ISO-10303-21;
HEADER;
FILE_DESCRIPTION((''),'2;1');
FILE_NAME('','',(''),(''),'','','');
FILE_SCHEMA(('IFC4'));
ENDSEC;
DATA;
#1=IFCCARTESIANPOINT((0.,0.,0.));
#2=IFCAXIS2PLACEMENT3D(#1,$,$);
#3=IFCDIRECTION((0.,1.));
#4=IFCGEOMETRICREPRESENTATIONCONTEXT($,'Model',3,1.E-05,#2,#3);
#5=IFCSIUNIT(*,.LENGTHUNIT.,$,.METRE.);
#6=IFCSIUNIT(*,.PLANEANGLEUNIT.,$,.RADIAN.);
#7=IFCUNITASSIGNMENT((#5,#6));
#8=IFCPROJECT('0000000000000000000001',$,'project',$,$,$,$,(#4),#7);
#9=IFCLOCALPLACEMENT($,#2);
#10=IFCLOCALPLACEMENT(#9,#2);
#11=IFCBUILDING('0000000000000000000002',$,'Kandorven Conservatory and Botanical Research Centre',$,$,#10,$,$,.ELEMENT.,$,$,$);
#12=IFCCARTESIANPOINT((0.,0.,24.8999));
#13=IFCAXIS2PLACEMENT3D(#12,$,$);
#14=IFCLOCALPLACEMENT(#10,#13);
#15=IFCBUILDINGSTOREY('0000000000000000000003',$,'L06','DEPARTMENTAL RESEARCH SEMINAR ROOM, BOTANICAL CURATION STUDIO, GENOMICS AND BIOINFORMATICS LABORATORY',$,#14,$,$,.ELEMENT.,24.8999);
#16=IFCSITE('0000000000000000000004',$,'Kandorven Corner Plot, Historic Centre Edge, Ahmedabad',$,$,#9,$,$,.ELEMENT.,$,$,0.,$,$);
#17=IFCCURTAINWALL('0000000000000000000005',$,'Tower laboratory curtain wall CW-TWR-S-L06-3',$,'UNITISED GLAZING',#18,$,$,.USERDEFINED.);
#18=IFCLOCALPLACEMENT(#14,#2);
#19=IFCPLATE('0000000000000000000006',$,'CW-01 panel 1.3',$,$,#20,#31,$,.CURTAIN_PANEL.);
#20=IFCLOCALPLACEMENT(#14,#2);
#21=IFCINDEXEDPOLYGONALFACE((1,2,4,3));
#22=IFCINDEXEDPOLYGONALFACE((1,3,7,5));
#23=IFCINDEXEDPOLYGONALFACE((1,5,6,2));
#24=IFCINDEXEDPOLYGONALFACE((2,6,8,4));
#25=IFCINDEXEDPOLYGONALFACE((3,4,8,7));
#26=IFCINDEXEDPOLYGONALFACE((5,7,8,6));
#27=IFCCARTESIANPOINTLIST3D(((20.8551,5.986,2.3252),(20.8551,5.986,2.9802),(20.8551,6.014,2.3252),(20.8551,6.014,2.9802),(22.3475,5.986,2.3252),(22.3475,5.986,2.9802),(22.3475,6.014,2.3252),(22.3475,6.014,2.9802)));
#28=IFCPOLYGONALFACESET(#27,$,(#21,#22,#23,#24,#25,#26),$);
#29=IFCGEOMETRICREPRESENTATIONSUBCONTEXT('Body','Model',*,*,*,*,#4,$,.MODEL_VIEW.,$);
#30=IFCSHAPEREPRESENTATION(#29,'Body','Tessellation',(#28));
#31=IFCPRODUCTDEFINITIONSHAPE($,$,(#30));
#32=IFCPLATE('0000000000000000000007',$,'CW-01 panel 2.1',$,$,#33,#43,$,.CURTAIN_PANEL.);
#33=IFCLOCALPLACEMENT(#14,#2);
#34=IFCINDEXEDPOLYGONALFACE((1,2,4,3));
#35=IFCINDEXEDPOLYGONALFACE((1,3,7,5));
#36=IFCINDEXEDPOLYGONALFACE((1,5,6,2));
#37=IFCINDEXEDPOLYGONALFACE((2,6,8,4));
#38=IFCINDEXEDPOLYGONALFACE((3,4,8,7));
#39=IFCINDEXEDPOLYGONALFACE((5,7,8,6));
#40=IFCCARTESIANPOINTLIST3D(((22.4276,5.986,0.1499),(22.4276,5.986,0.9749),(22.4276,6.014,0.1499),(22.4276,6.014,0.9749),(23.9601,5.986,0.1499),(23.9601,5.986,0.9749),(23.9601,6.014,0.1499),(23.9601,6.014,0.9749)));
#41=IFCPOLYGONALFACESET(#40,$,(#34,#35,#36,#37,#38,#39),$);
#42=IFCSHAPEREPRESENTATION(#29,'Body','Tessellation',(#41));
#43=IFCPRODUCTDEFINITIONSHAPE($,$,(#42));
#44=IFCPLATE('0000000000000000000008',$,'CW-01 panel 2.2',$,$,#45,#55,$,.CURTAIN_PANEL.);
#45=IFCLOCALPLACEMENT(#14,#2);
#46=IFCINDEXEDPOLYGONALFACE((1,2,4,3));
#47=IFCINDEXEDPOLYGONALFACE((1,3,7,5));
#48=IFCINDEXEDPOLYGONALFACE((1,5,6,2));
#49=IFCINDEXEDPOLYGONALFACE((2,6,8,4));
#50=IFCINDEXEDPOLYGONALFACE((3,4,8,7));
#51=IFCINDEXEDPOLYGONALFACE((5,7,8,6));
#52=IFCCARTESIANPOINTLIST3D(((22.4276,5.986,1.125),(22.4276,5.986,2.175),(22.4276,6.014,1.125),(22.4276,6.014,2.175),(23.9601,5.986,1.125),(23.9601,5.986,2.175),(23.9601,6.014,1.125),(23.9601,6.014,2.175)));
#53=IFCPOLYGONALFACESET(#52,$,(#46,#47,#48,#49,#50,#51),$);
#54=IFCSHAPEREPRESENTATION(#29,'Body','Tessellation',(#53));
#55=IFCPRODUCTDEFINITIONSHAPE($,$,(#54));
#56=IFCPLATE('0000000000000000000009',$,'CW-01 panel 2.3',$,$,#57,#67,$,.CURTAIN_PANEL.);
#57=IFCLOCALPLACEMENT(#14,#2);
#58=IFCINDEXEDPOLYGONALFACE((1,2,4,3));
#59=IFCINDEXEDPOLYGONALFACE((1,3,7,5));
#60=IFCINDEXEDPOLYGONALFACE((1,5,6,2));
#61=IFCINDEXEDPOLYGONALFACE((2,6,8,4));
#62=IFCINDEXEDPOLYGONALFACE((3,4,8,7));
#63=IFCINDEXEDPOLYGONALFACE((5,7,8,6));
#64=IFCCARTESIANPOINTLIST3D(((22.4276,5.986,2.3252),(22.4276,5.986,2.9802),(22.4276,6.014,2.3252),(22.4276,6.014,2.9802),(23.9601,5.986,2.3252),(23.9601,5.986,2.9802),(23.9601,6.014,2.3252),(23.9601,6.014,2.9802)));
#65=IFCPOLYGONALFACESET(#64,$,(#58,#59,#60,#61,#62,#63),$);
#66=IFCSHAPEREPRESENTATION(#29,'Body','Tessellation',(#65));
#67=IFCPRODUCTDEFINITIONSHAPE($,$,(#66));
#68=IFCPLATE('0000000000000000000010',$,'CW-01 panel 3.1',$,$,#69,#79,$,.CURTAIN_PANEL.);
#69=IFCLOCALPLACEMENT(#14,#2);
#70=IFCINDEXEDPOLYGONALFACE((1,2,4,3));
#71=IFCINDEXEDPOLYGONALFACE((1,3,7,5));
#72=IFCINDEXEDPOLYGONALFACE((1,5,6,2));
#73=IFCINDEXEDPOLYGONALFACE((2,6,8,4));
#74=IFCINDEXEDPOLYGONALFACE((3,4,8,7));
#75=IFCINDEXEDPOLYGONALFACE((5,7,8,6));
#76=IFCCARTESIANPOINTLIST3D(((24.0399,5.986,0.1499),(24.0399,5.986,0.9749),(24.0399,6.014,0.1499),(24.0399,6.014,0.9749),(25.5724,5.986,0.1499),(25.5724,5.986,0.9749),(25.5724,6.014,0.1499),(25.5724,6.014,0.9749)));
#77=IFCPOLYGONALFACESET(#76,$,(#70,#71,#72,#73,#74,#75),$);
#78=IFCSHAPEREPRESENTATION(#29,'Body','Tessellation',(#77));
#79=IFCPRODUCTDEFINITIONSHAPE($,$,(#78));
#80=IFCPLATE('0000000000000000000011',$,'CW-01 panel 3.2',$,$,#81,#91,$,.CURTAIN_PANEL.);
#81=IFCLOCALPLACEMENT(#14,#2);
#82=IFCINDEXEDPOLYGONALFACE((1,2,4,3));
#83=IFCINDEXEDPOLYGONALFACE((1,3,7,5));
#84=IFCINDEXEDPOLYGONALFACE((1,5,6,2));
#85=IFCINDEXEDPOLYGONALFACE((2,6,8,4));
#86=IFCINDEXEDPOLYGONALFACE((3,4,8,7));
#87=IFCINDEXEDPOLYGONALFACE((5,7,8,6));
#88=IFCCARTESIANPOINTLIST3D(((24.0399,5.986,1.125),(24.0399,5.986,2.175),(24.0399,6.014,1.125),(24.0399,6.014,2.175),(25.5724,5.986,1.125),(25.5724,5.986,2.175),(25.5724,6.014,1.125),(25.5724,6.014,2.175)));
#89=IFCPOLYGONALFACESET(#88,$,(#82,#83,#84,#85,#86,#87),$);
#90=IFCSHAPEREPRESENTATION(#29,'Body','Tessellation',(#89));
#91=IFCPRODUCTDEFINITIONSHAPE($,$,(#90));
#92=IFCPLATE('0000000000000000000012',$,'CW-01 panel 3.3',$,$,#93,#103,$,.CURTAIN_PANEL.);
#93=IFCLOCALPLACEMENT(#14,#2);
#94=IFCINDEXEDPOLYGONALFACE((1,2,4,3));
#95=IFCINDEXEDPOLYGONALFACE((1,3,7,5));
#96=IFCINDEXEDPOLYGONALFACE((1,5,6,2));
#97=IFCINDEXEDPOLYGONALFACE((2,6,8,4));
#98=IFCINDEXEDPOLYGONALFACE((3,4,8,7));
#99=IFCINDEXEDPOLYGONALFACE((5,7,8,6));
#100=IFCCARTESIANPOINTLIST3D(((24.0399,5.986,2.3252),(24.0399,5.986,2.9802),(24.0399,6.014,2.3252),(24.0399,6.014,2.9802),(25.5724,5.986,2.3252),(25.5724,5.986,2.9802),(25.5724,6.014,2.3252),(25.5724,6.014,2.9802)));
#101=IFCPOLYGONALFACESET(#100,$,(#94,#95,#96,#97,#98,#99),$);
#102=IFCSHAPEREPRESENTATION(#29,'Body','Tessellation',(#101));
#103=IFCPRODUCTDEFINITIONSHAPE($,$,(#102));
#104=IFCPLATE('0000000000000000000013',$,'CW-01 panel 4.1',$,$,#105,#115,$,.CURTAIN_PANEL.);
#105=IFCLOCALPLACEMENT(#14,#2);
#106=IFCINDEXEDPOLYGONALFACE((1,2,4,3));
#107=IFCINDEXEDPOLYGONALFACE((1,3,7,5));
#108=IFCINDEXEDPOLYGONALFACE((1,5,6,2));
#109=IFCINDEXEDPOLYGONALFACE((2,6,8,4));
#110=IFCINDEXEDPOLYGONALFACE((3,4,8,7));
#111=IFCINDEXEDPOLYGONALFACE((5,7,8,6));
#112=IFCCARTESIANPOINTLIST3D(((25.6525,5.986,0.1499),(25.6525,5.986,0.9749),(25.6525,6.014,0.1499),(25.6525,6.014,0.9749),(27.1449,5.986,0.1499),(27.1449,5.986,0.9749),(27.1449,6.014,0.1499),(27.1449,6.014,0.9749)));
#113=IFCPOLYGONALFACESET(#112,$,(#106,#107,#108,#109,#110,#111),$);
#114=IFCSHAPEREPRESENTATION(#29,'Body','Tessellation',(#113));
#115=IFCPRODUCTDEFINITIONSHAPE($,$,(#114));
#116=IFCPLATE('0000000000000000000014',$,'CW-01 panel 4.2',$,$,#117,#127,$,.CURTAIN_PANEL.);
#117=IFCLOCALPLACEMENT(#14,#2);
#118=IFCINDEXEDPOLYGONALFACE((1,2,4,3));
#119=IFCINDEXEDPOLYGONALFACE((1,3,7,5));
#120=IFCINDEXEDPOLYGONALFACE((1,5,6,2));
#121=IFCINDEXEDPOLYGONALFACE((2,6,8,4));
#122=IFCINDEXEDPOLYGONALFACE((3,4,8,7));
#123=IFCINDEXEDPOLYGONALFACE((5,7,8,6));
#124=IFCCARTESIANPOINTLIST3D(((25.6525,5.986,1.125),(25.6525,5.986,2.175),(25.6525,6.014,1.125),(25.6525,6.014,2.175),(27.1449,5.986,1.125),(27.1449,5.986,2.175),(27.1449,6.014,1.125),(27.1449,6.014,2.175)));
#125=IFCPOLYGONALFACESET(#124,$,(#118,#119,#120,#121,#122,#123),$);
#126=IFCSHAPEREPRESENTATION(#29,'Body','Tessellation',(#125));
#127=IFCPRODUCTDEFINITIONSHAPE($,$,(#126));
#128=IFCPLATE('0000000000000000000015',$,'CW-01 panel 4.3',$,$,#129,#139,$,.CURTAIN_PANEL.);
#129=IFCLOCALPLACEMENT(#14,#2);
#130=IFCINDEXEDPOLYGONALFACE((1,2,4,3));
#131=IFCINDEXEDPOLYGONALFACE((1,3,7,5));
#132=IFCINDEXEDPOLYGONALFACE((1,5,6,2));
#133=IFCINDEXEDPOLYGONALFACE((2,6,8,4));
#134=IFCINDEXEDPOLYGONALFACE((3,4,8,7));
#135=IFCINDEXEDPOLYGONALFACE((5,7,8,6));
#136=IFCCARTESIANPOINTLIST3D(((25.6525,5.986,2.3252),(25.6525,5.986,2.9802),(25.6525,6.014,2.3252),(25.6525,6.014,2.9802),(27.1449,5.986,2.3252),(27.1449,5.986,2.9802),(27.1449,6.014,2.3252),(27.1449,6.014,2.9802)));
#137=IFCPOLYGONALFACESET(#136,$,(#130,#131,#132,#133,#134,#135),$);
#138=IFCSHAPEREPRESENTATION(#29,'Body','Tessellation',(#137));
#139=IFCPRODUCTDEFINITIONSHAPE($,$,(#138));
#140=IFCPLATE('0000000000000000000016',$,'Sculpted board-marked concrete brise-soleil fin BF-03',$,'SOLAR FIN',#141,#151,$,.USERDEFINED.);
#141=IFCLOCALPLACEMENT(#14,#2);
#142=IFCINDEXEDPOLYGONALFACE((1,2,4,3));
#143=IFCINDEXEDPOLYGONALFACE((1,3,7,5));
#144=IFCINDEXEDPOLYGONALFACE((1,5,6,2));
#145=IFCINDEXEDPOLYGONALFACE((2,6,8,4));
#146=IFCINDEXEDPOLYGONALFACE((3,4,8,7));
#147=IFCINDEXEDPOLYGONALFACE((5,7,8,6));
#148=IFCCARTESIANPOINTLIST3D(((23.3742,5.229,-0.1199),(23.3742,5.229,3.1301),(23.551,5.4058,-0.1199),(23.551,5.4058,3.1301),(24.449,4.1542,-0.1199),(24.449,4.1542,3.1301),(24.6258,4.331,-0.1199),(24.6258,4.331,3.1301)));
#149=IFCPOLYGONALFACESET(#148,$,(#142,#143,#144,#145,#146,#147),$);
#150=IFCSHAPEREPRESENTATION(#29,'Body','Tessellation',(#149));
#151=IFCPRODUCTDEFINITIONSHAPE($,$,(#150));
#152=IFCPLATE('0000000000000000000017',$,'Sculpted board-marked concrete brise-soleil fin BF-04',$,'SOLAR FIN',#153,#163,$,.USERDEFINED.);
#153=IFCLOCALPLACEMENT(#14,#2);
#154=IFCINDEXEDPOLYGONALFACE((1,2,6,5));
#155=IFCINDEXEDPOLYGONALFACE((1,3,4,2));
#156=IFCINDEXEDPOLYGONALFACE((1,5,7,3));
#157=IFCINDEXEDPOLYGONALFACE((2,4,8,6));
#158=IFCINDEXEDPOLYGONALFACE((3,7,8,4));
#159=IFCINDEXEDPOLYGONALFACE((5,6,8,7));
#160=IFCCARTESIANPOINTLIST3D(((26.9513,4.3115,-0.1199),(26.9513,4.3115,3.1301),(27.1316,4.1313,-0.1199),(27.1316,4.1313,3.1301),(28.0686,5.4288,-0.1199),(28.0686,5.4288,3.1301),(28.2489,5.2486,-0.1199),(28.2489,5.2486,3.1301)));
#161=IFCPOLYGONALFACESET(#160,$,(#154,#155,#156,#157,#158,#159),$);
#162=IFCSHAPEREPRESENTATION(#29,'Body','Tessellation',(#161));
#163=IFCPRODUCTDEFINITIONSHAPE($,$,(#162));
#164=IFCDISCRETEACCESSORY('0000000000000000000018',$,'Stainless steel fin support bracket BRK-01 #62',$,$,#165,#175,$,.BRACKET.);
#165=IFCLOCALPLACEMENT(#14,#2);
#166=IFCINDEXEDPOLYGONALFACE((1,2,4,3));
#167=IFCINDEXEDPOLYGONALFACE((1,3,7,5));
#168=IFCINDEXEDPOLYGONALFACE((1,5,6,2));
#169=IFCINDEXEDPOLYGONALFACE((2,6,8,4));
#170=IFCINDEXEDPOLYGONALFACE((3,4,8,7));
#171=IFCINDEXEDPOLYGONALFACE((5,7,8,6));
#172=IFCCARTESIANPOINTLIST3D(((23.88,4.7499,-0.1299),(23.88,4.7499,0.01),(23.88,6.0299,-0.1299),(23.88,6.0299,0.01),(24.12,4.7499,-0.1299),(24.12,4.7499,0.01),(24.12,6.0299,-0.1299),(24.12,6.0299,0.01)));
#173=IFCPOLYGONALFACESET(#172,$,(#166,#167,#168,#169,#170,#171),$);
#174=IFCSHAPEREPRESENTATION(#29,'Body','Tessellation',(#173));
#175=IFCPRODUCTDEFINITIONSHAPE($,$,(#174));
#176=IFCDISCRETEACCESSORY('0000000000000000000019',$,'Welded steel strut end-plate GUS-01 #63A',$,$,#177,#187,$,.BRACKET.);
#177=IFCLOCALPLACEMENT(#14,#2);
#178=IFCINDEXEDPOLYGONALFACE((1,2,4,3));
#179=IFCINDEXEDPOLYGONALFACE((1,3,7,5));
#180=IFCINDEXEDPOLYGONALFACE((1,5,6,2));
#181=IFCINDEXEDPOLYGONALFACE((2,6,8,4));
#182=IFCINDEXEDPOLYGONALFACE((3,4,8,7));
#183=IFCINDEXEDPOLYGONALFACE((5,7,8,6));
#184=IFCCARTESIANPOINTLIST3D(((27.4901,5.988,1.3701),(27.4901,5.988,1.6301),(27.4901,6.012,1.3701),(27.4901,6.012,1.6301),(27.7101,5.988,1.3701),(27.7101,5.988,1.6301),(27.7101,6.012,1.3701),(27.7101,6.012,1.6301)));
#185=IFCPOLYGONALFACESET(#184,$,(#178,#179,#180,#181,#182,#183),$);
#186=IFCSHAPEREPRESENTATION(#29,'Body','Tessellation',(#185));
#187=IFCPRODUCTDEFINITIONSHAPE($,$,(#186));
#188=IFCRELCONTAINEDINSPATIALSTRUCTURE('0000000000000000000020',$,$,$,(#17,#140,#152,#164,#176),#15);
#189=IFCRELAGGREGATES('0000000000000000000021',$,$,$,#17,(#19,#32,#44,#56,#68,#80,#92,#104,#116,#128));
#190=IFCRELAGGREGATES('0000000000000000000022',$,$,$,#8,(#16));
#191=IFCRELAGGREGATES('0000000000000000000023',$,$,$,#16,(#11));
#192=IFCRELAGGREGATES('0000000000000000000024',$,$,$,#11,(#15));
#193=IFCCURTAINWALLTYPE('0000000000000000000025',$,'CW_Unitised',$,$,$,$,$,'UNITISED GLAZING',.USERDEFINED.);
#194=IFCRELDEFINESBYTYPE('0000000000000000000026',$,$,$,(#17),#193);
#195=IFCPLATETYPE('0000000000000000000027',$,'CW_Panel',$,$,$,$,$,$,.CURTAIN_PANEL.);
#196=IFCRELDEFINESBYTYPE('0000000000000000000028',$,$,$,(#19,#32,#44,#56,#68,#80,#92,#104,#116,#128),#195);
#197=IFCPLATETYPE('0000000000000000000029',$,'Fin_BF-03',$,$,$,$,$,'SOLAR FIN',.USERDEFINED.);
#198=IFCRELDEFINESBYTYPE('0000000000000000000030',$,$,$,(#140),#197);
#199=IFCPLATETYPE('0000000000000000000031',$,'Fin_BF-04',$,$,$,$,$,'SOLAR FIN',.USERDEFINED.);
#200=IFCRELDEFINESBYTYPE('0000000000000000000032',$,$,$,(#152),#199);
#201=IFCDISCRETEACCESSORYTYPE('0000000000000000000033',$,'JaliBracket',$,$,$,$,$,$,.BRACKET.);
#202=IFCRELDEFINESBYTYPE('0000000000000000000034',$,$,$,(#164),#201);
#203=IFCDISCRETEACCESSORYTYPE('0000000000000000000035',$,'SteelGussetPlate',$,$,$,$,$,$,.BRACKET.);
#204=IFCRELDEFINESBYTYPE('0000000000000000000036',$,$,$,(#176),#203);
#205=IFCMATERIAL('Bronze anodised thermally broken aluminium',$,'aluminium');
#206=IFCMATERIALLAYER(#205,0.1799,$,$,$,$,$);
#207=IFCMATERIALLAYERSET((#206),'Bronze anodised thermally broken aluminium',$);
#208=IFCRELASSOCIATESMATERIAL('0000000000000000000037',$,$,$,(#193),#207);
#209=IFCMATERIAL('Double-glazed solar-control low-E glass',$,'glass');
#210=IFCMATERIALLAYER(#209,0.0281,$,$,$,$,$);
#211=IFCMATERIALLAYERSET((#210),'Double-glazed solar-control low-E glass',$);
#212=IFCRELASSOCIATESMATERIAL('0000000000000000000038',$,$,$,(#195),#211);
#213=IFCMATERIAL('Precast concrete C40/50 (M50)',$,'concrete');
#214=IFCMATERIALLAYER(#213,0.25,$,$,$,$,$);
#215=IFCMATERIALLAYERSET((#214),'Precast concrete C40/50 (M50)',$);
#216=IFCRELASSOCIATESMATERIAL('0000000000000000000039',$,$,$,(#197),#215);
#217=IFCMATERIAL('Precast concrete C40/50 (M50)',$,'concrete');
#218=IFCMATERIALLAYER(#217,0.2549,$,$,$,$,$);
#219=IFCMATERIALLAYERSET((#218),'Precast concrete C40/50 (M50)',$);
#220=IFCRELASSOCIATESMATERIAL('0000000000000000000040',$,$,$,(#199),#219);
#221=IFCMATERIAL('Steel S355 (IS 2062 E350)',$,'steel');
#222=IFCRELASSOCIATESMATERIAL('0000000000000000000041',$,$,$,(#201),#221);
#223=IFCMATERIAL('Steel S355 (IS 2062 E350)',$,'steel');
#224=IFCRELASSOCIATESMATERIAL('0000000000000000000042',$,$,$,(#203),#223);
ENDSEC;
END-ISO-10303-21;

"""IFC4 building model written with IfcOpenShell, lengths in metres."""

from ifc_helpers import new_model, si_unit, direction, frame, origin, origin_2d, place, context, subcontext, project, spatial, rectangle, extrude, material, layer, layer_set, type_object, element, aggregate, save


model = new_model("IFC4")

# Units and contexts
model_context = context("Model", 3, precision=1e-05, world=origin(), true_north=direction((0.0, 1.0)))
body_context = subcontext(model_context, "Body", "Model", "MODEL_VIEW")
ifc_project = project(units=[si_unit("LENGTHUNIT", "METRE"), si_unit("PLANEANGLEUNIT", "RADIAN")], contexts=[model_context])

# Site, building, storey
site_placement = place(None, origin())
site = spatial("IfcSite", under=ifc_project, at=site_placement, Name="Kandorven Corner Plot, Historic Centre Edge, Ahmedabad", CompositionType="ELEMENT", RefElevation=0.0)
building_placement = place(site_placement, origin())
building = spatial("IfcBuilding", under=site, at=building_placement, Name="Kandorven Conservatory and Botanical Research Centre", CompositionType="ELEMENT")
storey_placement = place(building_placement, frame((0.0, 0.0, 24.8999)))
storey = spatial("IfcBuildingStorey", under=building, at=storey_placement, Name="L06", Description="DEPARTMENTAL RESEARCH SEMINAR ROOM, BOTANICAL CURATION STUDIO, GENOMICS AND BIOINFORMATICS LABORATORY", CompositionType="ELEMENT", Elevation=24.8999)

# Curtain wall
ifc_material_1 = material(Name="Bronze anodised thermally broken aluminium", Category="aluminium")
ifc_layer_1 = layer(ifc_material_1, 0.1799)
ifc_layer_set_1 = layer_set([ifc_layer_1], Name="Bronze anodised thermally broken aluminium")
curtain_wall_type = type_object("IfcCurtainWallType", Name="CW_Unitised", ElementType="UNITISED GLAZING", PredefinedType="USERDEFINED", material=ifc_layer_set_1)
curtain_wall_placement = place(storey_placement, origin())
curtain_wall = element("IfcCurtainWall", 1, at=curtain_wall_placement, inside=storey, type_object=curtain_wall_type, Name="Tower laboratory curtain wall CW-TWR-S-L06-3", ObjectType="UNITISED GLAZING", PredefinedType="USERDEFINED")

# Plates
ifc_material_2 = material(Name="Double-glazed solar-control low-E glass", Category="glass")
ifc_layer_2 = layer(ifc_material_2, 0.0281)
ifc_layer_set_2 = layer_set([ifc_layer_2], Name="Double-glazed solar-control low-E glass")
plate_type_1 = type_object("IfcPlateType", Name="CW_Panel", PredefinedType="CURTAIN_PANEL", material=ifc_layer_set_2)
plate_1_placement = place(storey_placement, frame((21.6013, 6.0, 2.3252), z_axis=(0.0, 0.0, 1.0), x_axis=(1.0, 0.0, 0.0)))
plate_1 = element("IfcPlate", 2, at=plate_1_placement, type_object=plate_type_1, Name="CW-01 panel 1.3", PredefinedType="CURTAIN_PANEL", context=body_context, shape_type="SweptSolid", body=[
    extrude(rectangle(XDim=1.4924, YDim=0.0281, at=origin_2d()), origin(), (0.0, 0.0, 1.0), 0.655),
])
plate_2_placement = place(storey_placement, frame((23.1938, 6.0, 0.1499), z_axis=(0.0, 0.0, 1.0), x_axis=(1.0, 0.0, 0.0)))
plate_2 = element("IfcPlate", 3, at=plate_2_placement, type_object=plate_type_1, Name="CW-01 panel 2.1", PredefinedType="CURTAIN_PANEL", context=body_context, shape_type="SweptSolid", body=[
    extrude(rectangle(XDim=1.5325, YDim=0.0281, at=origin_2d()), origin(), (0.0, 0.0, 1.0), 0.825),
])
plate_3_placement = place(storey_placement, frame((23.1938, 6.0, 1.125), z_axis=(0.0, 0.0, 1.0), x_axis=(1.0, 0.0, 0.0)))
plate_3 = element("IfcPlate", 4, at=plate_3_placement, type_object=plate_type_1, Name="CW-01 panel 2.2", PredefinedType="CURTAIN_PANEL", context=body_context, shape_type="SweptSolid", body=[
    extrude(rectangle(XDim=1.5325, YDim=0.0281, at=origin_2d()), origin(), (0.0, 0.0, 1.0), 1.05),
])
plate_4_placement = place(storey_placement, frame((23.1938, 6.0, 2.3252), z_axis=(0.0, 0.0, 1.0), x_axis=(1.0, 0.0, 0.0)))
plate_4 = element("IfcPlate", 5, at=plate_4_placement, type_object=plate_type_1, Name="CW-01 panel 2.3", PredefinedType="CURTAIN_PANEL", context=body_context, shape_type="SweptSolid", body=[
    extrude(rectangle(XDim=1.5325, YDim=0.0281, at=origin_2d()), origin(), (0.0, 0.0, 1.0), 0.655),
])
plate_5_placement = place(storey_placement, frame((24.8062, 6.0, 0.1499), z_axis=(0.0, 0.0, 1.0), x_axis=(1.0, 0.0, 0.0)))
plate_5 = element("IfcPlate", 6, at=plate_5_placement, type_object=plate_type_1, Name="CW-01 panel 3.1", PredefinedType="CURTAIN_PANEL", context=body_context, shape_type="SweptSolid", body=[
    extrude(rectangle(XDim=1.5325, YDim=0.0281, at=origin_2d()), origin(), (0.0, 0.0, 1.0), 0.825),
])
plate_6_placement = place(storey_placement, frame((24.8062, 6.0, 1.125), z_axis=(0.0, 0.0, 1.0), x_axis=(1.0, 0.0, 0.0)))
plate_6 = element("IfcPlate", 7, at=plate_6_placement, type_object=plate_type_1, Name="CW-01 panel 3.2", PredefinedType="CURTAIN_PANEL", context=body_context, shape_type="SweptSolid", body=[
    extrude(rectangle(XDim=1.5325, YDim=0.0281, at=origin_2d()), origin(), (0.0, 0.0, 1.0), 1.05),
])
plate_7_placement = place(storey_placement, frame((24.8062, 6.0, 2.3252), z_axis=(0.0, 0.0, 1.0), x_axis=(1.0, 0.0, 0.0)))
plate_7 = element("IfcPlate", 8, at=plate_7_placement, type_object=plate_type_1, Name="CW-01 panel 3.3", PredefinedType="CURTAIN_PANEL", context=body_context, shape_type="SweptSolid", body=[
    extrude(rectangle(XDim=1.5325, YDim=0.0281, at=origin_2d()), origin(), (0.0, 0.0, 1.0), 0.655),
])
plate_8_placement = place(storey_placement, frame((26.3987, 6.0, 0.1499), z_axis=(0.0, 0.0, 1.0), x_axis=(1.0, 0.0, 0.0)))
plate_8 = element("IfcPlate", 9, at=plate_8_placement, type_object=plate_type_1, Name="CW-01 panel 4.1", PredefinedType="CURTAIN_PANEL", context=body_context, shape_type="SweptSolid", body=[
    extrude(rectangle(XDim=1.4924, YDim=0.0281, at=origin_2d()), origin(), (0.0, 0.0, 1.0), 0.825),
])
plate_9_placement = place(storey_placement, frame((26.3987, 6.0, 1.125), z_axis=(0.0, 0.0, 1.0), x_axis=(1.0, 0.0, 0.0)))
plate_9 = element("IfcPlate", 10, at=plate_9_placement, type_object=plate_type_1, Name="CW-01 panel 4.2", PredefinedType="CURTAIN_PANEL", context=body_context, shape_type="SweptSolid", body=[
    extrude(rectangle(XDim=1.4924, YDim=0.0281, at=origin_2d()), origin(), (0.0, 0.0, 1.0), 1.05),
])
plate_10_placement = place(storey_placement, frame((26.3987, 6.0, 2.3252), z_axis=(0.0, 0.0, 1.0), x_axis=(1.0, 0.0, 0.0)))
plate_10 = element("IfcPlate", 11, at=plate_10_placement, type_object=plate_type_1, Name="CW-01 panel 4.3", PredefinedType="CURTAIN_PANEL", context=body_context, shape_type="SweptSolid", body=[
    extrude(rectangle(XDim=1.4924, YDim=0.0281, at=origin_2d()), origin(), (0.0, 0.0, 1.0), 0.655),
])
aggregate(curtain_wall, [plate_1, plate_2, plate_3, plate_4, plate_5, plate_6, plate_7, plate_8, plate_9, plate_10])

# Plates
ifc_material_3 = material(Name="Precast concrete C40/50 (M50)", Category="concrete")
ifc_layer_3 = layer(ifc_material_3, 0.25)
ifc_layer_set_3 = layer_set([ifc_layer_3], Name="Precast concrete C40/50 (M50)")
plate_type_2 = type_object("IfcPlateType", Name="Fin_BF-03", ElementType="SOLAR FIN", PredefinedType="USERDEFINED", material=ifc_layer_set_3)
plate_11_placement = place(storey_placement, frame((24.0, 4.78, -0.1199), z_axis=(0.0, 0.0, 1.0), x_axis=(-0.707107, 0.707107, 0.0)))
element("IfcPlate", 12, at=plate_11_placement, inside=storey, type_object=plate_type_2, Name="Sculpted board-marked concrete brise-soleil fin BF-03", ObjectType="SOLAR FIN", PredefinedType="USERDEFINED", context=body_context, shape_type="SweptSolid", body=[
    extrude(rectangle(XDim=1.52, YDim=0.25, at=origin_2d()), origin(), (0.0, 0.0, 1.0), 3.25),
])
ifc_material_4 = material(Name="Precast concrete C40/50 (M50)", Category="concrete")
ifc_layer_4 = layer(ifc_material_4, 0.2549)
ifc_layer_set_4 = layer_set([ifc_layer_4], Name="Precast concrete C40/50 (M50)")
plate_type_3 = type_object("IfcPlateType", Name="Fin_BF-04", ElementType="SOLAR FIN", PredefinedType="USERDEFINED", material=ifc_layer_set_4)
plate_12_placement = place(storey_placement, frame((27.6001, 4.78, -0.1199), z_axis=(0.0, 0.0, 1.0), x_axis=(0.707107, 0.707107, 0.0)))
element("IfcPlate", 13, at=plate_12_placement, inside=storey, type_object=plate_type_3, Name="Sculpted board-marked concrete brise-soleil fin BF-04", ObjectType="SOLAR FIN", PredefinedType="USERDEFINED", context=body_context, shape_type="SweptSolid", body=[
    extrude(rectangle(XDim=1.5801, YDim=0.2549, at=origin_2d()), origin(), (0.0, 0.0, 1.0), 3.25),
])

# Discrete accessories
ifc_material_5 = material(Name="Steel S355 (IS 2062 E350)", Category="steel")
discrete_accessory_type_1 = type_object("IfcDiscreteAccessoryType", Name="JaliBracket", PredefinedType="BRACKET", material=ifc_material_5)
discrete_accessory_placement = place(storey_placement, frame((24.0, 5.3899, -0.1299), z_axis=(0.0, 0.0, 1.0), x_axis=(1.0, 0.0, 0.0)))
element("IfcDiscreteAccessory", 14, at=discrete_accessory_placement, inside=storey, type_object=discrete_accessory_type_1, Name="Stainless steel fin support bracket BRK-01 #62", PredefinedType="BRACKET", context=body_context, shape_type="SweptSolid", body=[
    extrude(rectangle(XDim=0.24, YDim=1.28, at=origin_2d()), origin(), (0.0, 0.0, 1.0), 0.1399),
])
ifc_material_6 = material(Name="Steel S355 (IS 2062 E350)", Category="steel")
discrete_accessory_type_2 = type_object("IfcDiscreteAccessoryType", Name="SteelGussetPlate", PredefinedType="BRACKET", material=ifc_material_6)
for number, where, z_axis, x_axis, name in (
    (15, (27.6001, 6.0, 1.3701), (0.0, 0.0, 1.0), (1.0, 0.0, 0.0), "Welded steel strut end-plate GUS-01 #63A"),
):
    element("IfcDiscreteAccessory", number, at=place(storey_placement, frame(where, z_axis=z_axis, x_axis=x_axis)), inside=storey, type_object=discrete_accessory_type_2, Name=name, PredefinedType="BRACKET", context=body_context, shape_type="SweptSolid", body=[
        extrude(rectangle(XDim=0.22, YDim=0.0239, at=origin_2d()), origin(), (0.0, 0.0, 1.0), 0.26),
    ])

save(model, "model.ifc")
